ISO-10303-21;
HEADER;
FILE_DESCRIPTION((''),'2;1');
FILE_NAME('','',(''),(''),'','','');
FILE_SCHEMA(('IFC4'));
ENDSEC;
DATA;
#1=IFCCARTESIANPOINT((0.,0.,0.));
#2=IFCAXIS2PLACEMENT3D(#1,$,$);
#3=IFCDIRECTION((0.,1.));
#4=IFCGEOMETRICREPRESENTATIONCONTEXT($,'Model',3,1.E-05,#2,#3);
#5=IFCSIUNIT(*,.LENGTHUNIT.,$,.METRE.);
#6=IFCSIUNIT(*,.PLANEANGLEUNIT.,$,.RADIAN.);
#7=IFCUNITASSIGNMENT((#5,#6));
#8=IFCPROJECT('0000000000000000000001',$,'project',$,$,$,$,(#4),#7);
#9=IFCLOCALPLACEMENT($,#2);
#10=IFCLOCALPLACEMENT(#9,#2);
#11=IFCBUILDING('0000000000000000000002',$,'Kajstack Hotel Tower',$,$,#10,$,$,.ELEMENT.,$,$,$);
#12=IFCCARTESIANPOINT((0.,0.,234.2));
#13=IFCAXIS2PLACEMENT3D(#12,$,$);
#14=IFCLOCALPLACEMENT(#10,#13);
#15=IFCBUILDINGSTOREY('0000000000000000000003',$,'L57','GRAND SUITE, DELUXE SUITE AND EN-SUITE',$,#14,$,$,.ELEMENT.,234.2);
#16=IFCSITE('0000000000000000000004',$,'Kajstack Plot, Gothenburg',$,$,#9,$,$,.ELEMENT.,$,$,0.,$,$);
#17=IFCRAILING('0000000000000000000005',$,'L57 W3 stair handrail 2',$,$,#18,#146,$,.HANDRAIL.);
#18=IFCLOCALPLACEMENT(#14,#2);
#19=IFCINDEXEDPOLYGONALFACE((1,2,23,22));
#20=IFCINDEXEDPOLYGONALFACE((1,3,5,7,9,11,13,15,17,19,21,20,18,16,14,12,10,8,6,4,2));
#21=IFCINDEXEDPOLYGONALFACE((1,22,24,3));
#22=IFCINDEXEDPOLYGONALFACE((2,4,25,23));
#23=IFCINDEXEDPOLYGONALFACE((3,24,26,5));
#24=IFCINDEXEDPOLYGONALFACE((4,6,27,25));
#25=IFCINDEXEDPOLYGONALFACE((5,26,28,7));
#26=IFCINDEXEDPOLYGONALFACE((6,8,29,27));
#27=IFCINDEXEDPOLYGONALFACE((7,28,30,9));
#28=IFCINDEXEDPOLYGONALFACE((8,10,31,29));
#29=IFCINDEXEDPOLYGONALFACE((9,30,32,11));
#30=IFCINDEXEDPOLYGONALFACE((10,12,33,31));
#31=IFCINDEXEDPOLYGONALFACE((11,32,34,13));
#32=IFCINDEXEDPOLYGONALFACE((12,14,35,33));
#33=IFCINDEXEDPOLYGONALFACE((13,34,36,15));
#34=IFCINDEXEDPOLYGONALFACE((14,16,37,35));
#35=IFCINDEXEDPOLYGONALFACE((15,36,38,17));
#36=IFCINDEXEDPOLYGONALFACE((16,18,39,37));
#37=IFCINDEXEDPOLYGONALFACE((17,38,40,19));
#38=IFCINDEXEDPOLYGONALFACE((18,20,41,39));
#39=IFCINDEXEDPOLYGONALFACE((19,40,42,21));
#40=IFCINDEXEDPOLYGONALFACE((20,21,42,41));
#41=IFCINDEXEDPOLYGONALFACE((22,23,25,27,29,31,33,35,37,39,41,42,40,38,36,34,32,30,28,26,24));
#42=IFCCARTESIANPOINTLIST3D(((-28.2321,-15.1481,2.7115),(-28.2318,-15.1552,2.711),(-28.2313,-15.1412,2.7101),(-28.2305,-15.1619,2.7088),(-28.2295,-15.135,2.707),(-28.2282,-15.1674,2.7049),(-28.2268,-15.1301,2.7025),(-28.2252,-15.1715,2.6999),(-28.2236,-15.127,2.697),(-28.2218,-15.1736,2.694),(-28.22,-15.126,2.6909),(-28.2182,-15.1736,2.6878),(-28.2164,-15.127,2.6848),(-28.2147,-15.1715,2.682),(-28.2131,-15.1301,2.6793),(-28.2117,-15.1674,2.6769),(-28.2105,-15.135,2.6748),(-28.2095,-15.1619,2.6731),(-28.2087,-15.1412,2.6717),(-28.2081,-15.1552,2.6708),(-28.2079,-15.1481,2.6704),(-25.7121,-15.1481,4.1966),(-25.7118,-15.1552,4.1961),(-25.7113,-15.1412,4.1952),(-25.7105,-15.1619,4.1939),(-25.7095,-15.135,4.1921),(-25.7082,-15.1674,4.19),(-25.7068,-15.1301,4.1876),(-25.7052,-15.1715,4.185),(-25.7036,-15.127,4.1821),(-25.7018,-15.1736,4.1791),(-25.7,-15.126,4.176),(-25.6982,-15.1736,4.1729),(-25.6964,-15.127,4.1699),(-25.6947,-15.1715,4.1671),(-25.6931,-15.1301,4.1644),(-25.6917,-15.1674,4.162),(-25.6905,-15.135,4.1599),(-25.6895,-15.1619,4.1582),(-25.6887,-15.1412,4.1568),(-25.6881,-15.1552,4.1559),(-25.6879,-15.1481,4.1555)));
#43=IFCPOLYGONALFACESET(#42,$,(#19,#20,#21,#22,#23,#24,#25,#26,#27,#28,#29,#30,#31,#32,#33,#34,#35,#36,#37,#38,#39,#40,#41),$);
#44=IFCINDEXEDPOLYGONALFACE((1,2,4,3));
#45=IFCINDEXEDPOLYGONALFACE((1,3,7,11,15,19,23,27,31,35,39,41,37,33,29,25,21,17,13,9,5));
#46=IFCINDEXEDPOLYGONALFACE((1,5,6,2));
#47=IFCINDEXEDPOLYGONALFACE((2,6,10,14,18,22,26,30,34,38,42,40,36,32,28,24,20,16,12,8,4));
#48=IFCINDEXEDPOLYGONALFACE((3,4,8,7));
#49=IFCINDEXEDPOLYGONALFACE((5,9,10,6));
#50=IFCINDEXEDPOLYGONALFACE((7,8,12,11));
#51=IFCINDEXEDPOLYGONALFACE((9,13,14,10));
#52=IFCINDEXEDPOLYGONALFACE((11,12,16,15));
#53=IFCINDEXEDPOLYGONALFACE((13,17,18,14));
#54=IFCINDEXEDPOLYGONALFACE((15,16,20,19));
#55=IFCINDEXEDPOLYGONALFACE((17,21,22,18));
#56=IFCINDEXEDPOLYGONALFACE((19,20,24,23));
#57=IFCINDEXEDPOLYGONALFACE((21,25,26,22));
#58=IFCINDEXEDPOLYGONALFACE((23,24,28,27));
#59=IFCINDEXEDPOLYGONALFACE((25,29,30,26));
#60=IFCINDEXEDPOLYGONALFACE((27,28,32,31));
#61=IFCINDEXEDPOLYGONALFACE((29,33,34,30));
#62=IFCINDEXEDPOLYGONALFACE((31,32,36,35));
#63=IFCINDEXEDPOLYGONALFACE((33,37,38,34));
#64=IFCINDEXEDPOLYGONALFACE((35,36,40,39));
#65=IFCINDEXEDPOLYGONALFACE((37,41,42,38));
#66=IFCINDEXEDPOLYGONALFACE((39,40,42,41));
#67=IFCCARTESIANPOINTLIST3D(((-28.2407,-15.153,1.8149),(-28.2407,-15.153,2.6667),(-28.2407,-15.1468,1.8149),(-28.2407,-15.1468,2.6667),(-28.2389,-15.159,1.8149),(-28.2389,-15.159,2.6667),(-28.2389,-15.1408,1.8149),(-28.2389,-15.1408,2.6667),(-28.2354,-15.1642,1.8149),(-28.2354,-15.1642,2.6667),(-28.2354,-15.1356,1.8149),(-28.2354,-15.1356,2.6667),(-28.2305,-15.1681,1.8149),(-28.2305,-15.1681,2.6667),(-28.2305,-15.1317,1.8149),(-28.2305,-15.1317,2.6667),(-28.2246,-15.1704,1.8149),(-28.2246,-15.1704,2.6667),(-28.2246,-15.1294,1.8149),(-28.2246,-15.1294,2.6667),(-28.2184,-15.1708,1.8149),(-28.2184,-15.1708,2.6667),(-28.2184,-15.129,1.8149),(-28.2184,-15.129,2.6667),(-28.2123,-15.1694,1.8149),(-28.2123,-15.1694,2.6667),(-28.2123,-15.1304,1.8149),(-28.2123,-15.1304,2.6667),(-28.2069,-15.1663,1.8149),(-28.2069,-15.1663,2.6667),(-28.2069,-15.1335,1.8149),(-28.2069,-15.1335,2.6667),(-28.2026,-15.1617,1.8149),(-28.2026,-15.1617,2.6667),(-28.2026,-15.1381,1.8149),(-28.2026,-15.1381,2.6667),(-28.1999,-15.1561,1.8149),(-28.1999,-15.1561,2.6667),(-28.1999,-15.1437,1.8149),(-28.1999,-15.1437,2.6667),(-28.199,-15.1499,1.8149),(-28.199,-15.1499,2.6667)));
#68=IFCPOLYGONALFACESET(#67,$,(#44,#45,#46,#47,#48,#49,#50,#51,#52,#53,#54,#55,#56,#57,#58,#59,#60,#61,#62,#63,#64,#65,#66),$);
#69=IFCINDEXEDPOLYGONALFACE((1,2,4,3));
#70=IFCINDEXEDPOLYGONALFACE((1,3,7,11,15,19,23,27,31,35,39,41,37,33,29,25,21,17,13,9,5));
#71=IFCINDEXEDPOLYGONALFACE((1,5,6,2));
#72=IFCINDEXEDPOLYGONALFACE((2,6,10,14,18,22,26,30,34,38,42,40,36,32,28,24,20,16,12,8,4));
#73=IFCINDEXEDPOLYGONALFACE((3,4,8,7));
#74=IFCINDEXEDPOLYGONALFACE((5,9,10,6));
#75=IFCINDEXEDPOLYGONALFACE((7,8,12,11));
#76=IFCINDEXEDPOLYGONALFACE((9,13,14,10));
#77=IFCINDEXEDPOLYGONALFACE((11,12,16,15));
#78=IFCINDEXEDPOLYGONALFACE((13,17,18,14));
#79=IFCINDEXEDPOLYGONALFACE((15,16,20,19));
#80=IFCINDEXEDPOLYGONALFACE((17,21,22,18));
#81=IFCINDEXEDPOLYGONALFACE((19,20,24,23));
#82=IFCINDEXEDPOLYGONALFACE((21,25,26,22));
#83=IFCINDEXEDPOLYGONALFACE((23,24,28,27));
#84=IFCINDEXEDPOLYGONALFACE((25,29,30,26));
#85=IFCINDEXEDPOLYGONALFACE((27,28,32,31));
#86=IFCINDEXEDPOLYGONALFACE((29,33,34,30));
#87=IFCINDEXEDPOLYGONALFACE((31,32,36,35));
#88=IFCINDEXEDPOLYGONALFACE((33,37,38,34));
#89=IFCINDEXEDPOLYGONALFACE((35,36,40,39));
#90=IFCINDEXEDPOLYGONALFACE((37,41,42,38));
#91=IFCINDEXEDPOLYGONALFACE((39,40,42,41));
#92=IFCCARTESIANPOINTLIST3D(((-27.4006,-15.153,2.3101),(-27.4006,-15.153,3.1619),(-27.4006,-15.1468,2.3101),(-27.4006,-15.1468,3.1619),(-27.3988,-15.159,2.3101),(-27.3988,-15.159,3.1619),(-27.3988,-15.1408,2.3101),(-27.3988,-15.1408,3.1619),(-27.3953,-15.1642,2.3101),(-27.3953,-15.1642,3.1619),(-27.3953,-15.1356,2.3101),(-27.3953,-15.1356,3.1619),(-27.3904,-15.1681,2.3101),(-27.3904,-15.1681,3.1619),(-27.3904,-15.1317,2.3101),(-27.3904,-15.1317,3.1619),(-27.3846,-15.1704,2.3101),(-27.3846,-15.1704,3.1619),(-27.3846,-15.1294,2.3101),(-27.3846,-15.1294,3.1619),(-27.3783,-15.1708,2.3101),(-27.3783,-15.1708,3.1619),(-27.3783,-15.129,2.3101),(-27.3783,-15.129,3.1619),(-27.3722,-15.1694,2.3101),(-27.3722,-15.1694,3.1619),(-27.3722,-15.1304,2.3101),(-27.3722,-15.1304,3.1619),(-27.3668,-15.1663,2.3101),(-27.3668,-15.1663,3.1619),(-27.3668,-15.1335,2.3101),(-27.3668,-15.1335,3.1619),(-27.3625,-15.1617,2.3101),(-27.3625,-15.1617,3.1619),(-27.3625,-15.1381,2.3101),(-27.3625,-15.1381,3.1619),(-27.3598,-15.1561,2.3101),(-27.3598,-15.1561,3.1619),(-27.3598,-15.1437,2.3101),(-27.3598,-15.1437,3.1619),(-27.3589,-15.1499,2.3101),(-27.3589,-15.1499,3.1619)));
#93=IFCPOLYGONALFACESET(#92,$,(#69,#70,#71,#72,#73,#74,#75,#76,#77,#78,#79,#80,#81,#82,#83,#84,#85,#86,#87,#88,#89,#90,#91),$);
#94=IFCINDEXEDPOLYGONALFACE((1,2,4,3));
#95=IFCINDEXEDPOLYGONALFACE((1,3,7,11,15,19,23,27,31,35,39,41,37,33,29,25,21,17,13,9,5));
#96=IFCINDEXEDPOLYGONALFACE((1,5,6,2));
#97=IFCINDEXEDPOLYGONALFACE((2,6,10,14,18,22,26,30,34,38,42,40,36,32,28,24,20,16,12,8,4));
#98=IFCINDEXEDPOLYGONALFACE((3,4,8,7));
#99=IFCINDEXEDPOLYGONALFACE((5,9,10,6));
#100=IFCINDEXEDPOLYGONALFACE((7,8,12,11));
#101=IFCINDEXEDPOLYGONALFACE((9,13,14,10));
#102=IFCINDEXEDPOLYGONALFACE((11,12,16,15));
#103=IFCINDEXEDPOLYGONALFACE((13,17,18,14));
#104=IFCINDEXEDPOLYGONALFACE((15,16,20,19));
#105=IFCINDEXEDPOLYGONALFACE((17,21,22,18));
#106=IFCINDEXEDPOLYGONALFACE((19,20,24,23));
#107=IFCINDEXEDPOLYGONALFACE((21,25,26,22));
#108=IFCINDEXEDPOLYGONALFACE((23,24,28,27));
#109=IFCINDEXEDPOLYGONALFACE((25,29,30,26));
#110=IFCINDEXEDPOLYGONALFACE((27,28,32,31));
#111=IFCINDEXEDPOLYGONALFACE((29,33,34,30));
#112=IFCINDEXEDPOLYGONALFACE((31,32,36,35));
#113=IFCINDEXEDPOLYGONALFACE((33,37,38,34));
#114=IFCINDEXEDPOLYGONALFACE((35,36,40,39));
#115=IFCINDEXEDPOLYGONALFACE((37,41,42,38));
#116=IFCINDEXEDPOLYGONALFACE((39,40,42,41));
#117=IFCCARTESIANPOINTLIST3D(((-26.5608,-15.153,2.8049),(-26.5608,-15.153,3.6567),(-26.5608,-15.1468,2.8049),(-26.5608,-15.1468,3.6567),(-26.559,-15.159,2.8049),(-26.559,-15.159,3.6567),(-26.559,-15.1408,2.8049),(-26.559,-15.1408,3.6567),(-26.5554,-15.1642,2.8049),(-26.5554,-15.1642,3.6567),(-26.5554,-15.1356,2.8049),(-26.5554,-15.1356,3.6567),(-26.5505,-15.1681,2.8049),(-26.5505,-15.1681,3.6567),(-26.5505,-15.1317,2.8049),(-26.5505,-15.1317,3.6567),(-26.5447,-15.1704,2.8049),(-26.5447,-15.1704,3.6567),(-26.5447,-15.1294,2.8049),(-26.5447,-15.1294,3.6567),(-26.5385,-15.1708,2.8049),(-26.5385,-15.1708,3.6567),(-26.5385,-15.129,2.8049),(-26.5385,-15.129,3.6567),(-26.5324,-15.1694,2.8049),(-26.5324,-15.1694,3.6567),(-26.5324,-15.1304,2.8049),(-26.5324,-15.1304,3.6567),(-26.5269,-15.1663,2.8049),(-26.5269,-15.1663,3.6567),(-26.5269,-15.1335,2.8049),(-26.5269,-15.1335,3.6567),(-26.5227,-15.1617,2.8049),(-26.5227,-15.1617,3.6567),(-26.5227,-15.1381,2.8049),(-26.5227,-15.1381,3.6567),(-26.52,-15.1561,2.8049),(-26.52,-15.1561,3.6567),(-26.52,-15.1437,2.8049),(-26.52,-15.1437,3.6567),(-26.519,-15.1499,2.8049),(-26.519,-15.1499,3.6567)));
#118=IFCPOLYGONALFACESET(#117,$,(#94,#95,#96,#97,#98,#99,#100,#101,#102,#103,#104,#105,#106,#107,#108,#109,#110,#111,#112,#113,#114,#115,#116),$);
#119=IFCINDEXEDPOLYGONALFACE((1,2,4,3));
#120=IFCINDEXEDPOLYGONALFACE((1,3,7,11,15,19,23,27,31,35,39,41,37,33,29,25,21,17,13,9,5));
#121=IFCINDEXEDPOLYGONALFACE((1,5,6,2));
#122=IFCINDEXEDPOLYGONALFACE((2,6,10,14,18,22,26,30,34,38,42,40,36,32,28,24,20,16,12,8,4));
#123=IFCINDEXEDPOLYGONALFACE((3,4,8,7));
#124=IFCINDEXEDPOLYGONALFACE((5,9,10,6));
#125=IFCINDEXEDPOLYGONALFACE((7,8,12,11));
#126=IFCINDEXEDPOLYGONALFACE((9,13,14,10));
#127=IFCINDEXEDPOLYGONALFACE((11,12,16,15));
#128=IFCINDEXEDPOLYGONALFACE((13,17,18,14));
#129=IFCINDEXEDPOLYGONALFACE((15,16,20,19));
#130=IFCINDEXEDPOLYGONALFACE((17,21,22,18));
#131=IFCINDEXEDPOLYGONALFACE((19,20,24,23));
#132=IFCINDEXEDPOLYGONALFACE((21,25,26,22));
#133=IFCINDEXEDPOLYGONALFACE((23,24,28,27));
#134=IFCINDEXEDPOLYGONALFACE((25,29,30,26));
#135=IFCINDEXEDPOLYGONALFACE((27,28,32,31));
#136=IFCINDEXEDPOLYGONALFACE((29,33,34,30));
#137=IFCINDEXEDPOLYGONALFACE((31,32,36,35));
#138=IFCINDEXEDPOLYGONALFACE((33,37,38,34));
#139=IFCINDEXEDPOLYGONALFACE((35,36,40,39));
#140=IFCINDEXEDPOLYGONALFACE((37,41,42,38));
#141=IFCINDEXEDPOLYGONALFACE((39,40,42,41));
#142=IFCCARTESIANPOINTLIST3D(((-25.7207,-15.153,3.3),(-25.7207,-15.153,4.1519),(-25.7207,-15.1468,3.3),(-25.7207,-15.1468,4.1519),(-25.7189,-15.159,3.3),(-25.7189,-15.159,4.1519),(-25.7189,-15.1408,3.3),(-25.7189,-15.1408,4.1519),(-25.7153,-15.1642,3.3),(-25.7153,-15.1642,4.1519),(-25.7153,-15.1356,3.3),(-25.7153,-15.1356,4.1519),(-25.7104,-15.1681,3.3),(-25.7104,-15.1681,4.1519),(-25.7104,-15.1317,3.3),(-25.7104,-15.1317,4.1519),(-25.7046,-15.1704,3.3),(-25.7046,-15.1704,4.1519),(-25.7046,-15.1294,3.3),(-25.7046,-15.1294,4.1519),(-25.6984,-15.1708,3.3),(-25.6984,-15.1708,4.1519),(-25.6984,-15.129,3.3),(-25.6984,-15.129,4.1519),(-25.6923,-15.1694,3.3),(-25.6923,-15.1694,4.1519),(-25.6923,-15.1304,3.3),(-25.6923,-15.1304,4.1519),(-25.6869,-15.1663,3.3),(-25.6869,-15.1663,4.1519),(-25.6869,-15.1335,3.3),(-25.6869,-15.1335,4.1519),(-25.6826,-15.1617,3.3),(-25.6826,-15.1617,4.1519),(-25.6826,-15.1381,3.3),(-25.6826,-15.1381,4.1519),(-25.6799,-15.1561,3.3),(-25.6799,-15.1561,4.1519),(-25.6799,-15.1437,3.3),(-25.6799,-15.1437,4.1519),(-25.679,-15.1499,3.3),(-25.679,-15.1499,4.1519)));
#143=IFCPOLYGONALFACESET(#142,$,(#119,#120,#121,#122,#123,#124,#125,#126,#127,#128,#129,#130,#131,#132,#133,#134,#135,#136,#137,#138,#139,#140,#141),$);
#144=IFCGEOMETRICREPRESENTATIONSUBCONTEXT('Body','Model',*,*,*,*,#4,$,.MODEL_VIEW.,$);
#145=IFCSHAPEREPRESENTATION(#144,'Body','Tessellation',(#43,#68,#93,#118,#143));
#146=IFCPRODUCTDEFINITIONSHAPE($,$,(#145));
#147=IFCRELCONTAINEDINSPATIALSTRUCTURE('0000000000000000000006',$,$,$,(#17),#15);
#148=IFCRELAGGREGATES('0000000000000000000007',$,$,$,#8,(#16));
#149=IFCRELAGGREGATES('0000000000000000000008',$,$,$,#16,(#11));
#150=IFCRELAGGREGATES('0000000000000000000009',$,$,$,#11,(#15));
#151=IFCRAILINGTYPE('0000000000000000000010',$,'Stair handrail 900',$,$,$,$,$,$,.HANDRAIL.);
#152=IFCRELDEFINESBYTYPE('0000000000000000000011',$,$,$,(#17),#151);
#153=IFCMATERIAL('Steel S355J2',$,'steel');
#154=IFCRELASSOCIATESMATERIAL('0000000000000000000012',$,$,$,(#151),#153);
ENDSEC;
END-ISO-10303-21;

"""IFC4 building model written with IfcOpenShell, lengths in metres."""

from ifc_helpers import new_model, si_unit, direction, frame, origin, origin_2d, place, context, subcontext, project, spatial, circle, extrude, material, type_object, element, save


model = new_model("IFC4")

# Units and contexts
model_context = context("Model", 3, precision=1e-05, world=origin(), true_north=direction((0.0, 1.0)))
body_context = subcontext(model_context, "Body", "Model", "MODEL_VIEW")
ifc_project = project(units=[si_unit("LENGTHUNIT", "METRE"), si_unit("PLANEANGLEUNIT", "RADIAN")], contexts=[model_context])

# Site, building, storey
site_placement = place(None, origin())
site = spatial("IfcSite", under=ifc_project, at=site_placement, Name="Kajstack Plot, Gothenburg", CompositionType="ELEMENT", RefElevation=0.0)
building_placement = place(site_placement, origin())
building = spatial("IfcBuilding", under=site, at=building_placement, Name="Kajstack Hotel Tower", CompositionType="ELEMENT")
storey_placement = place(building_placement, frame((0.0, 0.0, 234.2)))
storey = spatial("IfcBuildingStorey", under=building, at=storey_placement, Name="L57", Description="GRAND SUITE, DELUXE SUITE AND EN-SUITE", CompositionType="ELEMENT", Elevation=234.2)

# Railing
ifc_material_1 = material(Name="Steel S355J2", Category="steel")
railing_type_1 = type_object("IfcRailingType", Name="Stair handrail 900", PredefinedType="HANDRAIL", material=ifc_material_1)
railing_1_placement = place(storey_placement, frame((-28.22, -15.1499, 1.8149)))
element("IfcRailing", 1, at=railing_1_placement, inside=storey, type_object=railing_type_1, Name="L57 W3 stair handrail 2", PredefinedType="HANDRAIL", context=body_context, shape_type="SweptSolid", body=[
    extrude(circle(Radius=0.0239, at=origin_2d()), frame((0.0, 0.0, 0.876), z_axis=(0.861524, 0.0, 0.507717), x_axis=(0.0, 1.0, 0.0)), (0.0, 0.0, 1.0), 2.925),
    extrude(circle(Radius=0.021, at=origin_2d()), origin(), (0.0, 0.0, 1.0), 0.8518),
    extrude(circle(Radius=0.021, at=origin_2d()), frame((0.8401, 0.0, 0.4951)), (0.0, 0.0, 1.0), 0.8518),
    extrude(circle(Radius=0.021, at=origin_2d()), frame((1.6799, 0.0, 0.99)), (0.0, 0.0, 1.0), 0.8518),
    extrude(circle(Radius=0.021, at=origin_2d()), frame((2.52, 0.0, 1.4851)), (0.0, 0.0, 1.0), 0.8518),
])

save(model, "model.ifc")
